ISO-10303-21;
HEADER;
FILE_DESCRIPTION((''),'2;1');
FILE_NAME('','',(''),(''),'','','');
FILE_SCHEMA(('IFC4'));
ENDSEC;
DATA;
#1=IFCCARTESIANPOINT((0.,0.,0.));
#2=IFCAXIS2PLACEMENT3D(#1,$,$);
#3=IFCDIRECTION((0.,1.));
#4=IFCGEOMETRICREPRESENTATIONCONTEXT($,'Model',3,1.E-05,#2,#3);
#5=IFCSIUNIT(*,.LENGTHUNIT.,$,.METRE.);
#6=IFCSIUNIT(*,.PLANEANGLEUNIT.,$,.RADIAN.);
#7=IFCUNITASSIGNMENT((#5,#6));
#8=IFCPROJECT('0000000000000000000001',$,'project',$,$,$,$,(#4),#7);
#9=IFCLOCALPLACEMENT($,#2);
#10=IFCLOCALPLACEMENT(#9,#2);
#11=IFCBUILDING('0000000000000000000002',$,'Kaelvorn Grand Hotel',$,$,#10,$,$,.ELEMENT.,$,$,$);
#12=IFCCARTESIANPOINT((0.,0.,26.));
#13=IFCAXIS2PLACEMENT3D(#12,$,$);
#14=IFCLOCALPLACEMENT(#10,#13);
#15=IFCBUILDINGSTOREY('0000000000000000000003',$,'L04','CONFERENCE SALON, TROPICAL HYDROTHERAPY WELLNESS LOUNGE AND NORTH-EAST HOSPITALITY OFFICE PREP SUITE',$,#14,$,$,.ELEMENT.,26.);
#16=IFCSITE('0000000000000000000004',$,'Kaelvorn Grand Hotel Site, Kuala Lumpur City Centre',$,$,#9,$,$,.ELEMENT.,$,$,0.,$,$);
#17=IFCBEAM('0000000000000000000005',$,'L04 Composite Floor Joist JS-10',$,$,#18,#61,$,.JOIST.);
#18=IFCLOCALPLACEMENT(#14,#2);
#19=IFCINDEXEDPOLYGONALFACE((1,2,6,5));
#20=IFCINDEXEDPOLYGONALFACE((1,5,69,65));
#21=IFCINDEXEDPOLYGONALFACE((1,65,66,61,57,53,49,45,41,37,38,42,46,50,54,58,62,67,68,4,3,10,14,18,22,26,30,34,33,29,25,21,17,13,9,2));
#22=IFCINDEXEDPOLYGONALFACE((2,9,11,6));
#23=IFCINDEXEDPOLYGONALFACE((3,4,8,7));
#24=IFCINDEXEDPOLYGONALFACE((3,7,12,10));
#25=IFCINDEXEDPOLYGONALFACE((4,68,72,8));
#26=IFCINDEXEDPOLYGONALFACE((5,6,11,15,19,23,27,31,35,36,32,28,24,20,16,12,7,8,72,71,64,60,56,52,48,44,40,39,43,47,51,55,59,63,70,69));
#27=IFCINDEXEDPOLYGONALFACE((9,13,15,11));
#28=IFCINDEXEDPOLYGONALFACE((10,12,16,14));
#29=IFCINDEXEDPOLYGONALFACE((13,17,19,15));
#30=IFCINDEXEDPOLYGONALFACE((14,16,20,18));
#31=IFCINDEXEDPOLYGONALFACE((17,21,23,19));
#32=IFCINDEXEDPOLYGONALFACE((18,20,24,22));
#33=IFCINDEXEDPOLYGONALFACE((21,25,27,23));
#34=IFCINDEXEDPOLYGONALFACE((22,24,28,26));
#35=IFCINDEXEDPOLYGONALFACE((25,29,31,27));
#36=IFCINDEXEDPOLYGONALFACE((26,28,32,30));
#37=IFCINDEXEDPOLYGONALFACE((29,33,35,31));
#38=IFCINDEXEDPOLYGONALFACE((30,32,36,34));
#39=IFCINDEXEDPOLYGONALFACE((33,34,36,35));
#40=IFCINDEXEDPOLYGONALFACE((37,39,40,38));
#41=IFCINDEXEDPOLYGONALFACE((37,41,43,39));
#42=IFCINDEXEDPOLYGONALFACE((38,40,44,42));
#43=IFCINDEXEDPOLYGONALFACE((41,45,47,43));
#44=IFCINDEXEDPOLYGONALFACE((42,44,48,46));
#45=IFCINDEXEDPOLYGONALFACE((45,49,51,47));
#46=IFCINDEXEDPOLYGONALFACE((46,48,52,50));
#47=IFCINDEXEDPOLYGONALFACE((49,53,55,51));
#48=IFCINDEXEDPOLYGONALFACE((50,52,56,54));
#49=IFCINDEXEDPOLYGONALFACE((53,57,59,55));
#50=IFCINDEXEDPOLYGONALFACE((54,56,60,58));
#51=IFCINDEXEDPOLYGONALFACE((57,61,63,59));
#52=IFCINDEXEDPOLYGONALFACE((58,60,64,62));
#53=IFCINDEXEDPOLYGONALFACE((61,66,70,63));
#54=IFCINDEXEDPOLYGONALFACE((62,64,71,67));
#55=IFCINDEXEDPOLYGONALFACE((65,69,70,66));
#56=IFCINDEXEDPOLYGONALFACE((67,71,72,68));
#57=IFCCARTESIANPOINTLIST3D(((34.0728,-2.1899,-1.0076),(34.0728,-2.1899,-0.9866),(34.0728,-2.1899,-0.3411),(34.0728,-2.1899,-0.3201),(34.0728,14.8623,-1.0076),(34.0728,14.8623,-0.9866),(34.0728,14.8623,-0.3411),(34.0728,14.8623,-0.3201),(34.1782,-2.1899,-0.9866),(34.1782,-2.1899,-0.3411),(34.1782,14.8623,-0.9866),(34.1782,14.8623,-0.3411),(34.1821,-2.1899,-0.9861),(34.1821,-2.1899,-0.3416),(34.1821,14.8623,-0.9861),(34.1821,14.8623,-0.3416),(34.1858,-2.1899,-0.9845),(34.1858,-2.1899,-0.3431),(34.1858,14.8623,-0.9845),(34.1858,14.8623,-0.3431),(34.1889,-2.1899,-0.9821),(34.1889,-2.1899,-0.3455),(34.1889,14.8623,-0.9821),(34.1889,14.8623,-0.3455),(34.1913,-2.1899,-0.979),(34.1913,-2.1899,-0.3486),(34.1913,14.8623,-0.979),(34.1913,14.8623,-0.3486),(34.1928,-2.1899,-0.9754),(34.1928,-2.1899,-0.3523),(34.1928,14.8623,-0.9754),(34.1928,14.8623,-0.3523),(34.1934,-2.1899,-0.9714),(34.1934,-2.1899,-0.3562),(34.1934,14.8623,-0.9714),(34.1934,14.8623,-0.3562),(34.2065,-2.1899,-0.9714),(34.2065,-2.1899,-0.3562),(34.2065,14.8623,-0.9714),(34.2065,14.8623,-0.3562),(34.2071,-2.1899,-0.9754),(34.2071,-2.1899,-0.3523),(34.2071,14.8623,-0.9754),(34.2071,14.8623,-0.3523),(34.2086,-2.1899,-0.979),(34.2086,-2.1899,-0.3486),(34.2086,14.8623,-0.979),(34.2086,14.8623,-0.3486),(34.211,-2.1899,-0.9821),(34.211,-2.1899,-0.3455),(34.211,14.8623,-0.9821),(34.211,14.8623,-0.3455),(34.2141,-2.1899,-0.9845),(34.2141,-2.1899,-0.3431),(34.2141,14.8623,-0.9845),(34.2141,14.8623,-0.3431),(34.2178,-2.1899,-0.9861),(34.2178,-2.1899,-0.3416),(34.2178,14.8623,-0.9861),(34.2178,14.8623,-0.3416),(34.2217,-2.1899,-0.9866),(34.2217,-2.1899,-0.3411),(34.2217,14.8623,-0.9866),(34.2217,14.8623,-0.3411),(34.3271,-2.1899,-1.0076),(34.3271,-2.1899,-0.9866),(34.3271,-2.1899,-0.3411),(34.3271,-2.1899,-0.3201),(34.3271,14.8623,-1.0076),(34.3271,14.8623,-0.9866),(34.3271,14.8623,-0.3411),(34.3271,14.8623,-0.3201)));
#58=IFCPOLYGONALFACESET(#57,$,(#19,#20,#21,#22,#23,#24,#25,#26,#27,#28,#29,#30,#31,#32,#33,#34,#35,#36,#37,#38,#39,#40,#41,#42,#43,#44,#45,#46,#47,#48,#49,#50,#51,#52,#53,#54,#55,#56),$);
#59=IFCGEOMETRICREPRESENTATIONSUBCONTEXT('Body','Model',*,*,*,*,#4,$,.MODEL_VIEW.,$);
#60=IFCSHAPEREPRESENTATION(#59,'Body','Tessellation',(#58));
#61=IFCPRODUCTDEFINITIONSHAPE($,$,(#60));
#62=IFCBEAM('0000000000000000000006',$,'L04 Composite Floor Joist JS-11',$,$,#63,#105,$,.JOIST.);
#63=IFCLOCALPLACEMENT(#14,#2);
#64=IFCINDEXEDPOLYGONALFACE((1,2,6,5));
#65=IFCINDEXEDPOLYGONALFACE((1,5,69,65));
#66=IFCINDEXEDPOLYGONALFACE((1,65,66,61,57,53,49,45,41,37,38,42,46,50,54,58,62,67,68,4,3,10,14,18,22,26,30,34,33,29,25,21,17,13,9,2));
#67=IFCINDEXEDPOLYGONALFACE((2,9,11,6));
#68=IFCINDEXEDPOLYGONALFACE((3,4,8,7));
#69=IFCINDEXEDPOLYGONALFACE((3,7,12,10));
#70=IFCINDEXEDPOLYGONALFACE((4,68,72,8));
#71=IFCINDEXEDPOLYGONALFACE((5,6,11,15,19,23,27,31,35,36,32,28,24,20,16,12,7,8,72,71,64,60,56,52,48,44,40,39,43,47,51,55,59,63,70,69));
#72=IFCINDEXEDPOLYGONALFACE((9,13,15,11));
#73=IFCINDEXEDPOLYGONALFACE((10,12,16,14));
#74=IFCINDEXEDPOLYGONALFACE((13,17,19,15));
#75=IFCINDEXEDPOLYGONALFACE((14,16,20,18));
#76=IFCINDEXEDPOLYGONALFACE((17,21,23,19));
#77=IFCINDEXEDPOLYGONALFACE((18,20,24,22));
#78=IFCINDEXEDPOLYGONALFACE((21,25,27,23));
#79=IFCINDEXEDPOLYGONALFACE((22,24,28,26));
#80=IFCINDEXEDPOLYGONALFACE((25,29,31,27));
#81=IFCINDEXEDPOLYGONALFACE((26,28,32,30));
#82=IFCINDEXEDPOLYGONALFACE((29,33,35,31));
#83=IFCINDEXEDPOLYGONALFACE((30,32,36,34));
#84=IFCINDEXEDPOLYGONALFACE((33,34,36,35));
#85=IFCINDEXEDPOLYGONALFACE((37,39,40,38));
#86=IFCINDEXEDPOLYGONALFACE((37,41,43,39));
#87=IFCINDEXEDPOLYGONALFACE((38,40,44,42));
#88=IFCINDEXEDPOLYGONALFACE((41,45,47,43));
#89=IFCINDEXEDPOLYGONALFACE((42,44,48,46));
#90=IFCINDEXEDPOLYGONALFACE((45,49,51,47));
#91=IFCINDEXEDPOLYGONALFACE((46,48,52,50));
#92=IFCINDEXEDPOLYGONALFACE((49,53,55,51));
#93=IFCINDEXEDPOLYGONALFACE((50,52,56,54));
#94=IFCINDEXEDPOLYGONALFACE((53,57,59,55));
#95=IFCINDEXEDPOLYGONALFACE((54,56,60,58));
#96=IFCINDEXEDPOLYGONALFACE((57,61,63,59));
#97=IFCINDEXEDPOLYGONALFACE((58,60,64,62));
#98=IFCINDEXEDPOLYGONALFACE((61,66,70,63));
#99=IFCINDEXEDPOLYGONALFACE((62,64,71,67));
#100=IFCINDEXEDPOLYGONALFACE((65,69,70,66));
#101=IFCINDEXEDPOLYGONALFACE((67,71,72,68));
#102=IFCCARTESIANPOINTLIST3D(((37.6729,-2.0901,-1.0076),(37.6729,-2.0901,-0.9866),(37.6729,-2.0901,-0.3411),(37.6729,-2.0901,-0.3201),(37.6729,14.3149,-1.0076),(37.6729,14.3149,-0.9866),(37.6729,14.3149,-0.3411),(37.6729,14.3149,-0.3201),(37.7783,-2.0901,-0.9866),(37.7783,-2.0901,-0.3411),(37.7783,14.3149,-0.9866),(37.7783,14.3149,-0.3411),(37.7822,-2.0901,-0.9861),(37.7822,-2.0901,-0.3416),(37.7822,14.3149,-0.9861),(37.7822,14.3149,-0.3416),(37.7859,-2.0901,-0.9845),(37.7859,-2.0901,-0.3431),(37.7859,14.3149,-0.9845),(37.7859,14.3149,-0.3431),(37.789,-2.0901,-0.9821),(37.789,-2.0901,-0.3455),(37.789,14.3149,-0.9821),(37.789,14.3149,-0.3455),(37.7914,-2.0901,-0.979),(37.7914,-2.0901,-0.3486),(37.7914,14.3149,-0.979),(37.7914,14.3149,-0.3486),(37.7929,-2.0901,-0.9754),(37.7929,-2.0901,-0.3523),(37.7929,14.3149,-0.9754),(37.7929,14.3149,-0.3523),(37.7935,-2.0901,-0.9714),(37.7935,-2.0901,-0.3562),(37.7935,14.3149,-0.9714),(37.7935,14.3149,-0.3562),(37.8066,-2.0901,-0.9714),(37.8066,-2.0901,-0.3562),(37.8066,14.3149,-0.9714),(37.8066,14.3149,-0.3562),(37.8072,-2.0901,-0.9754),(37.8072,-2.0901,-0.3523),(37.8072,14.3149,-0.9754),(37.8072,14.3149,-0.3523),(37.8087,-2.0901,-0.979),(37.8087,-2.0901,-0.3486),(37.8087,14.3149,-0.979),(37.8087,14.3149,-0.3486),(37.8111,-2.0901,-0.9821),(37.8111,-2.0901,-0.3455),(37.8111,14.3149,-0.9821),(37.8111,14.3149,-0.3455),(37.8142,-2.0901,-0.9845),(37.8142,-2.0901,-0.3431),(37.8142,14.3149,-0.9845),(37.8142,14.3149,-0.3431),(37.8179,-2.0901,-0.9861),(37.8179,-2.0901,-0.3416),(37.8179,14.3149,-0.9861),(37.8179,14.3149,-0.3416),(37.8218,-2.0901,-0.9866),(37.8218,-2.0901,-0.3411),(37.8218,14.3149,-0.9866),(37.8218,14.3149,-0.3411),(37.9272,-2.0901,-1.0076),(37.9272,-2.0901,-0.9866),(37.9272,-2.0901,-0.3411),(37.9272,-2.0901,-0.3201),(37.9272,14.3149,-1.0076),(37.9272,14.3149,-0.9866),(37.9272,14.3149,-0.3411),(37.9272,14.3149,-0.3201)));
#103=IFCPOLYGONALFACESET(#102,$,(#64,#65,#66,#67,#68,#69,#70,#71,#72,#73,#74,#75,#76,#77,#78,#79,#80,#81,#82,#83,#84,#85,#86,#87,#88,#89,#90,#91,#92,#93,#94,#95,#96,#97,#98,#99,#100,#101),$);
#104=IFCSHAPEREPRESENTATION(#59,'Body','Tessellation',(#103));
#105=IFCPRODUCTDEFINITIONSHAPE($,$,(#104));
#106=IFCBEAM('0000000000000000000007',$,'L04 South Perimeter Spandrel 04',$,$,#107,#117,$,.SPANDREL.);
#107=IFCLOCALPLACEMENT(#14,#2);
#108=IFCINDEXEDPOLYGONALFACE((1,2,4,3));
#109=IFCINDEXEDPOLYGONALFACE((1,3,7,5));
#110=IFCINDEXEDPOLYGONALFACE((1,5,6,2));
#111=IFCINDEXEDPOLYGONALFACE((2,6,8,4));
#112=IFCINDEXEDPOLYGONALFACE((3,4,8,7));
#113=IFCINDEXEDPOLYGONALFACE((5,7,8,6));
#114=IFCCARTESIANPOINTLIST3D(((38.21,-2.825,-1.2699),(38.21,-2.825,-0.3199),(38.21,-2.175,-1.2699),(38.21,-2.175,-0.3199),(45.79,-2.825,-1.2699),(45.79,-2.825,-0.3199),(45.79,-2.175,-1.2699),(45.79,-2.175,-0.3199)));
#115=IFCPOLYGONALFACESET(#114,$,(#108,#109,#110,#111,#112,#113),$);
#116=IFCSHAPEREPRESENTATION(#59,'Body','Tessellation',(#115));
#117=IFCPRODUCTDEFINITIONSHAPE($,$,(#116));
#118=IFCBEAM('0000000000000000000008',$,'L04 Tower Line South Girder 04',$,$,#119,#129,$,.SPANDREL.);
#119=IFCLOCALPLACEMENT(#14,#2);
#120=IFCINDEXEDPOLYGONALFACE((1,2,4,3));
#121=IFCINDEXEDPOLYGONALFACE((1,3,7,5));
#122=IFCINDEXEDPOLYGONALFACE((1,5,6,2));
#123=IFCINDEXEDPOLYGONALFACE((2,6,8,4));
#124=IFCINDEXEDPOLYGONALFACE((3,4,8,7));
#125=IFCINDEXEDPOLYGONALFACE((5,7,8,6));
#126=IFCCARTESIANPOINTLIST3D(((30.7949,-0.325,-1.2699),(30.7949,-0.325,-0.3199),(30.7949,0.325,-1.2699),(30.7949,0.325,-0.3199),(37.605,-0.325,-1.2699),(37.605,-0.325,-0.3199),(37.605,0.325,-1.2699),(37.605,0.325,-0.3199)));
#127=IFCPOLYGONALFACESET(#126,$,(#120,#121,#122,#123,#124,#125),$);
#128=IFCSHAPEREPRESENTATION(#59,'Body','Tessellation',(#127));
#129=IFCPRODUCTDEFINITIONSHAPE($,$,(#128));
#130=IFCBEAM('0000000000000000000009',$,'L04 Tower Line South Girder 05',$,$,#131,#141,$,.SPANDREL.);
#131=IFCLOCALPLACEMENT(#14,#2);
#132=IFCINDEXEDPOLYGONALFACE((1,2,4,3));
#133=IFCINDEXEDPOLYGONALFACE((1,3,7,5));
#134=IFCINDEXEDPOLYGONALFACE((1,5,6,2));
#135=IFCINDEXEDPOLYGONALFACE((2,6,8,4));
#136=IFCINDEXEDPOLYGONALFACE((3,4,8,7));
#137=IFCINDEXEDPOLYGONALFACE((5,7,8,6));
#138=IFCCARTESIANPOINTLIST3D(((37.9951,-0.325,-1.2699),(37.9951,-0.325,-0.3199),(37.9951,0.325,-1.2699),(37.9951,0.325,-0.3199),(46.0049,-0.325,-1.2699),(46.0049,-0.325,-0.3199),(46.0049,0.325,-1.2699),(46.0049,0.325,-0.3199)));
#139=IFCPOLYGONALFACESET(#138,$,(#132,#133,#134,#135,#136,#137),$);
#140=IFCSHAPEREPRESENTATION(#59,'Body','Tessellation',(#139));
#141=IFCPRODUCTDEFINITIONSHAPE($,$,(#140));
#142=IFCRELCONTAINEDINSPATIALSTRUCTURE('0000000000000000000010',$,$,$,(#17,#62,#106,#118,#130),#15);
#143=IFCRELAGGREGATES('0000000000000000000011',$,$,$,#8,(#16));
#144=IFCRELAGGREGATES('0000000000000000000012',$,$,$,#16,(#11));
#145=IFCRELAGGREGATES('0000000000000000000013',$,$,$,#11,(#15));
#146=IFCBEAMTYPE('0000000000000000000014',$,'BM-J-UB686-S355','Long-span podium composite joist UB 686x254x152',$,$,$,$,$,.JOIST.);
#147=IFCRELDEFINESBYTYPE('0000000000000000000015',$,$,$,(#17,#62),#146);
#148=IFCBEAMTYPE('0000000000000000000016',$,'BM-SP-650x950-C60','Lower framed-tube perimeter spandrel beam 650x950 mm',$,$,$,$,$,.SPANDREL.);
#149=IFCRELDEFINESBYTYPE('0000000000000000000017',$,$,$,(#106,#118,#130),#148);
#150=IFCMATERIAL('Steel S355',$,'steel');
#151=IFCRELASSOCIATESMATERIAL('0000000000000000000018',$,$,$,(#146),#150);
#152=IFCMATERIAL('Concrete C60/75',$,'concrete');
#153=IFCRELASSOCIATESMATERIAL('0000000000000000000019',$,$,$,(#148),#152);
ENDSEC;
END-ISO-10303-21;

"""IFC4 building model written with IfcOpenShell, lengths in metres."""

from ifc_helpers import new_model, si_unit, direction, frame, origin, origin_2d, place, context, subcontext, project, spatial, rectangle, i_section, extrude, material, material_profile, profile_set, type_object, element, save


model = new_model("IFC4")

# Units and contexts
model_context = context("Model", 3, precision=1e-05, world=origin(), true_north=direction((0.0, 1.0)))
body_context = subcontext(model_context, "Body", "Model", "MODEL_VIEW")
ifc_project = project(units=[si_unit("LENGTHUNIT", "METRE"), si_unit("PLANEANGLEUNIT", "RADIAN")], contexts=[model_context])

# Site, building, storey
site_placement = place(None, origin())
site = spatial("IfcSite", under=ifc_project, at=site_placement, Name="Kaelvorn Grand Hotel Site, Kuala Lumpur City Centre", CompositionType="ELEMENT", RefElevation=0.0)
building_placement = place(site_placement, origin())
building = spatial("IfcBuilding", under=site, at=building_placement, Name="Kaelvorn Grand Hotel", CompositionType="ELEMENT")
storey_placement = place(building_placement, frame((0.0, 0.0, 26.0)))
storey = spatial("IfcBuildingStorey", under=building, at=storey_placement, Name="L04", Description="CONFERENCE SALON, TROPICAL HYDROTHERAPY WELLNESS LOUNGE AND NORTH-EAST HOSPITALITY OFFICE PREP SUITE", CompositionType="ELEMENT", Elevation=26.0)

# Beams
ifc_material_1 = material(Name="Steel S355", Category="steel")
ifc_material_profile_1 = material_profile(ifc_material_1, i_section(OverallWidth=0.2544, OverallDepth=0.6875, WebThickness=0.0132, FlangeThickness=0.021, FilletRadius=0.0151, at=origin_2d()), Name="UB 686x254x152")
ifc_profile_set_1 = profile_set([ifc_material_profile_1], Name="Steel S355")
beam_type_1 = type_object("IfcBeamType", Name="BM-J-UB686-S355", Description="Long-span podium composite joist UB 686x254x152", PredefinedType="JOIST", material=ifc_profile_set_1)
for number, where, z_axis, x_axis, name in (
    (1, (34.2, -2.1899, -0.6638), (0.0, 1.0, 0.0), (-1.0, 0.0, 0.0), "L04 Composite Floor Joist JS-10"),
):
    element("IfcBeam", number, at=place(storey_placement, frame(where, z_axis=z_axis, x_axis=x_axis)), inside=storey, type_object=beam_type_1, Name=name, PredefinedType="JOIST", context=body_context, shape_type="SweptSolid", body=[
        extrude(i_section(OverallWidth=0.2544, OverallDepth=0.6875, WebThickness=0.0132, FlangeThickness=0.021, FilletRadius=0.0151, at=origin_2d()), origin(), (0.0, 0.0, 1.0), 17.0522),
    ])
beam_1_placement = place(storey_placement, frame((37.8, -2.0901, -0.6638), z_axis=(0.0, 1.0, 0.0), x_axis=(-1.0, 0.0, 0.0)))
element("IfcBeam", 2, at=beam_1_placement, inside=storey, type_object=beam_type_1, Name="L04 Composite Floor Joist JS-11", PredefinedType="JOIST", context=body_context, shape_type="SweptSolid", body=[
    extrude(i_section(OverallWidth=0.2544, OverallDepth=0.6875, WebThickness=0.0132, FlangeThickness=0.021, FilletRadius=0.0151, at=origin_2d()), origin(), (0.0, 0.0, 1.0), 16.405),
])
ifc_material_2 = material(Name="Concrete C60/75", Category="concrete")
ifc_material_profile_2 = material_profile(ifc_material_2, rectangle(XDim=0.6499, YDim=0.95, at=origin_2d()), Name="RC SPANDREL 650x950")
ifc_profile_set_2 = profile_set([ifc_material_profile_2], Name="Concrete C60/75")
beam_type_2 = type_object("IfcBeamType", Name="BM-SP-650x950-C60", Description="Lower framed-tube perimeter spandrel beam 650x950 mm", PredefinedType="SPANDREL", material=ifc_profile_set_2)
beam_2_placement = place(storey_placement, frame((38.21, -2.5, -0.7949), z_axis=(1.0, 0.0, 0.0), x_axis=(0.0, 1.0, 0.0)))
element("IfcBeam", 3, at=beam_2_placement, inside=storey, type_object=beam_type_2, Name="L04 South Perimeter Spandrel 04", PredefinedType="SPANDREL", context=body_context, shape_type="SweptSolid", body=[
    extrude(rectangle(XDim=0.6499, YDim=0.95, at=origin_2d()), origin(), (0.0, 0.0, 1.0), 7.5801),
])
beam_3_placement = place(storey_placement, frame((30.7949, 0.0, -0.7949), z_axis=(1.0, 0.0, 0.0), x_axis=(0.0, 1.0, 0.0)))
element("IfcBeam", 4, at=beam_3_placement, inside=storey, type_object=beam_type_2, Name="L04 Tower Line South Girder 04", PredefinedType="SPANDREL", context=body_context, shape_type="SweptSolid", body=[
    extrude(rectangle(XDim=0.6499, YDim=0.95, at=origin_2d()), origin(), (0.0, 0.0, 1.0), 6.8101),
])
beam_4_placement = place(storey_placement, frame((37.9951, 0.0, -0.7949), z_axis=(1.0, 0.0, 0.0), x_axis=(0.0, 1.0, 0.0)))
element("IfcBeam", 5, at=beam_4_placement, inside=storey, type_object=beam_type_2, Name="L04 Tower Line South Girder 05", PredefinedType="SPANDREL", context=body_context, shape_type="SweptSolid", body=[
    extrude(rectangle(XDim=0.6499, YDim=0.95, at=origin_2d()), origin(), (0.0, 0.0, 1.0), 8.0098),
])

save(model, "model.ifc")
